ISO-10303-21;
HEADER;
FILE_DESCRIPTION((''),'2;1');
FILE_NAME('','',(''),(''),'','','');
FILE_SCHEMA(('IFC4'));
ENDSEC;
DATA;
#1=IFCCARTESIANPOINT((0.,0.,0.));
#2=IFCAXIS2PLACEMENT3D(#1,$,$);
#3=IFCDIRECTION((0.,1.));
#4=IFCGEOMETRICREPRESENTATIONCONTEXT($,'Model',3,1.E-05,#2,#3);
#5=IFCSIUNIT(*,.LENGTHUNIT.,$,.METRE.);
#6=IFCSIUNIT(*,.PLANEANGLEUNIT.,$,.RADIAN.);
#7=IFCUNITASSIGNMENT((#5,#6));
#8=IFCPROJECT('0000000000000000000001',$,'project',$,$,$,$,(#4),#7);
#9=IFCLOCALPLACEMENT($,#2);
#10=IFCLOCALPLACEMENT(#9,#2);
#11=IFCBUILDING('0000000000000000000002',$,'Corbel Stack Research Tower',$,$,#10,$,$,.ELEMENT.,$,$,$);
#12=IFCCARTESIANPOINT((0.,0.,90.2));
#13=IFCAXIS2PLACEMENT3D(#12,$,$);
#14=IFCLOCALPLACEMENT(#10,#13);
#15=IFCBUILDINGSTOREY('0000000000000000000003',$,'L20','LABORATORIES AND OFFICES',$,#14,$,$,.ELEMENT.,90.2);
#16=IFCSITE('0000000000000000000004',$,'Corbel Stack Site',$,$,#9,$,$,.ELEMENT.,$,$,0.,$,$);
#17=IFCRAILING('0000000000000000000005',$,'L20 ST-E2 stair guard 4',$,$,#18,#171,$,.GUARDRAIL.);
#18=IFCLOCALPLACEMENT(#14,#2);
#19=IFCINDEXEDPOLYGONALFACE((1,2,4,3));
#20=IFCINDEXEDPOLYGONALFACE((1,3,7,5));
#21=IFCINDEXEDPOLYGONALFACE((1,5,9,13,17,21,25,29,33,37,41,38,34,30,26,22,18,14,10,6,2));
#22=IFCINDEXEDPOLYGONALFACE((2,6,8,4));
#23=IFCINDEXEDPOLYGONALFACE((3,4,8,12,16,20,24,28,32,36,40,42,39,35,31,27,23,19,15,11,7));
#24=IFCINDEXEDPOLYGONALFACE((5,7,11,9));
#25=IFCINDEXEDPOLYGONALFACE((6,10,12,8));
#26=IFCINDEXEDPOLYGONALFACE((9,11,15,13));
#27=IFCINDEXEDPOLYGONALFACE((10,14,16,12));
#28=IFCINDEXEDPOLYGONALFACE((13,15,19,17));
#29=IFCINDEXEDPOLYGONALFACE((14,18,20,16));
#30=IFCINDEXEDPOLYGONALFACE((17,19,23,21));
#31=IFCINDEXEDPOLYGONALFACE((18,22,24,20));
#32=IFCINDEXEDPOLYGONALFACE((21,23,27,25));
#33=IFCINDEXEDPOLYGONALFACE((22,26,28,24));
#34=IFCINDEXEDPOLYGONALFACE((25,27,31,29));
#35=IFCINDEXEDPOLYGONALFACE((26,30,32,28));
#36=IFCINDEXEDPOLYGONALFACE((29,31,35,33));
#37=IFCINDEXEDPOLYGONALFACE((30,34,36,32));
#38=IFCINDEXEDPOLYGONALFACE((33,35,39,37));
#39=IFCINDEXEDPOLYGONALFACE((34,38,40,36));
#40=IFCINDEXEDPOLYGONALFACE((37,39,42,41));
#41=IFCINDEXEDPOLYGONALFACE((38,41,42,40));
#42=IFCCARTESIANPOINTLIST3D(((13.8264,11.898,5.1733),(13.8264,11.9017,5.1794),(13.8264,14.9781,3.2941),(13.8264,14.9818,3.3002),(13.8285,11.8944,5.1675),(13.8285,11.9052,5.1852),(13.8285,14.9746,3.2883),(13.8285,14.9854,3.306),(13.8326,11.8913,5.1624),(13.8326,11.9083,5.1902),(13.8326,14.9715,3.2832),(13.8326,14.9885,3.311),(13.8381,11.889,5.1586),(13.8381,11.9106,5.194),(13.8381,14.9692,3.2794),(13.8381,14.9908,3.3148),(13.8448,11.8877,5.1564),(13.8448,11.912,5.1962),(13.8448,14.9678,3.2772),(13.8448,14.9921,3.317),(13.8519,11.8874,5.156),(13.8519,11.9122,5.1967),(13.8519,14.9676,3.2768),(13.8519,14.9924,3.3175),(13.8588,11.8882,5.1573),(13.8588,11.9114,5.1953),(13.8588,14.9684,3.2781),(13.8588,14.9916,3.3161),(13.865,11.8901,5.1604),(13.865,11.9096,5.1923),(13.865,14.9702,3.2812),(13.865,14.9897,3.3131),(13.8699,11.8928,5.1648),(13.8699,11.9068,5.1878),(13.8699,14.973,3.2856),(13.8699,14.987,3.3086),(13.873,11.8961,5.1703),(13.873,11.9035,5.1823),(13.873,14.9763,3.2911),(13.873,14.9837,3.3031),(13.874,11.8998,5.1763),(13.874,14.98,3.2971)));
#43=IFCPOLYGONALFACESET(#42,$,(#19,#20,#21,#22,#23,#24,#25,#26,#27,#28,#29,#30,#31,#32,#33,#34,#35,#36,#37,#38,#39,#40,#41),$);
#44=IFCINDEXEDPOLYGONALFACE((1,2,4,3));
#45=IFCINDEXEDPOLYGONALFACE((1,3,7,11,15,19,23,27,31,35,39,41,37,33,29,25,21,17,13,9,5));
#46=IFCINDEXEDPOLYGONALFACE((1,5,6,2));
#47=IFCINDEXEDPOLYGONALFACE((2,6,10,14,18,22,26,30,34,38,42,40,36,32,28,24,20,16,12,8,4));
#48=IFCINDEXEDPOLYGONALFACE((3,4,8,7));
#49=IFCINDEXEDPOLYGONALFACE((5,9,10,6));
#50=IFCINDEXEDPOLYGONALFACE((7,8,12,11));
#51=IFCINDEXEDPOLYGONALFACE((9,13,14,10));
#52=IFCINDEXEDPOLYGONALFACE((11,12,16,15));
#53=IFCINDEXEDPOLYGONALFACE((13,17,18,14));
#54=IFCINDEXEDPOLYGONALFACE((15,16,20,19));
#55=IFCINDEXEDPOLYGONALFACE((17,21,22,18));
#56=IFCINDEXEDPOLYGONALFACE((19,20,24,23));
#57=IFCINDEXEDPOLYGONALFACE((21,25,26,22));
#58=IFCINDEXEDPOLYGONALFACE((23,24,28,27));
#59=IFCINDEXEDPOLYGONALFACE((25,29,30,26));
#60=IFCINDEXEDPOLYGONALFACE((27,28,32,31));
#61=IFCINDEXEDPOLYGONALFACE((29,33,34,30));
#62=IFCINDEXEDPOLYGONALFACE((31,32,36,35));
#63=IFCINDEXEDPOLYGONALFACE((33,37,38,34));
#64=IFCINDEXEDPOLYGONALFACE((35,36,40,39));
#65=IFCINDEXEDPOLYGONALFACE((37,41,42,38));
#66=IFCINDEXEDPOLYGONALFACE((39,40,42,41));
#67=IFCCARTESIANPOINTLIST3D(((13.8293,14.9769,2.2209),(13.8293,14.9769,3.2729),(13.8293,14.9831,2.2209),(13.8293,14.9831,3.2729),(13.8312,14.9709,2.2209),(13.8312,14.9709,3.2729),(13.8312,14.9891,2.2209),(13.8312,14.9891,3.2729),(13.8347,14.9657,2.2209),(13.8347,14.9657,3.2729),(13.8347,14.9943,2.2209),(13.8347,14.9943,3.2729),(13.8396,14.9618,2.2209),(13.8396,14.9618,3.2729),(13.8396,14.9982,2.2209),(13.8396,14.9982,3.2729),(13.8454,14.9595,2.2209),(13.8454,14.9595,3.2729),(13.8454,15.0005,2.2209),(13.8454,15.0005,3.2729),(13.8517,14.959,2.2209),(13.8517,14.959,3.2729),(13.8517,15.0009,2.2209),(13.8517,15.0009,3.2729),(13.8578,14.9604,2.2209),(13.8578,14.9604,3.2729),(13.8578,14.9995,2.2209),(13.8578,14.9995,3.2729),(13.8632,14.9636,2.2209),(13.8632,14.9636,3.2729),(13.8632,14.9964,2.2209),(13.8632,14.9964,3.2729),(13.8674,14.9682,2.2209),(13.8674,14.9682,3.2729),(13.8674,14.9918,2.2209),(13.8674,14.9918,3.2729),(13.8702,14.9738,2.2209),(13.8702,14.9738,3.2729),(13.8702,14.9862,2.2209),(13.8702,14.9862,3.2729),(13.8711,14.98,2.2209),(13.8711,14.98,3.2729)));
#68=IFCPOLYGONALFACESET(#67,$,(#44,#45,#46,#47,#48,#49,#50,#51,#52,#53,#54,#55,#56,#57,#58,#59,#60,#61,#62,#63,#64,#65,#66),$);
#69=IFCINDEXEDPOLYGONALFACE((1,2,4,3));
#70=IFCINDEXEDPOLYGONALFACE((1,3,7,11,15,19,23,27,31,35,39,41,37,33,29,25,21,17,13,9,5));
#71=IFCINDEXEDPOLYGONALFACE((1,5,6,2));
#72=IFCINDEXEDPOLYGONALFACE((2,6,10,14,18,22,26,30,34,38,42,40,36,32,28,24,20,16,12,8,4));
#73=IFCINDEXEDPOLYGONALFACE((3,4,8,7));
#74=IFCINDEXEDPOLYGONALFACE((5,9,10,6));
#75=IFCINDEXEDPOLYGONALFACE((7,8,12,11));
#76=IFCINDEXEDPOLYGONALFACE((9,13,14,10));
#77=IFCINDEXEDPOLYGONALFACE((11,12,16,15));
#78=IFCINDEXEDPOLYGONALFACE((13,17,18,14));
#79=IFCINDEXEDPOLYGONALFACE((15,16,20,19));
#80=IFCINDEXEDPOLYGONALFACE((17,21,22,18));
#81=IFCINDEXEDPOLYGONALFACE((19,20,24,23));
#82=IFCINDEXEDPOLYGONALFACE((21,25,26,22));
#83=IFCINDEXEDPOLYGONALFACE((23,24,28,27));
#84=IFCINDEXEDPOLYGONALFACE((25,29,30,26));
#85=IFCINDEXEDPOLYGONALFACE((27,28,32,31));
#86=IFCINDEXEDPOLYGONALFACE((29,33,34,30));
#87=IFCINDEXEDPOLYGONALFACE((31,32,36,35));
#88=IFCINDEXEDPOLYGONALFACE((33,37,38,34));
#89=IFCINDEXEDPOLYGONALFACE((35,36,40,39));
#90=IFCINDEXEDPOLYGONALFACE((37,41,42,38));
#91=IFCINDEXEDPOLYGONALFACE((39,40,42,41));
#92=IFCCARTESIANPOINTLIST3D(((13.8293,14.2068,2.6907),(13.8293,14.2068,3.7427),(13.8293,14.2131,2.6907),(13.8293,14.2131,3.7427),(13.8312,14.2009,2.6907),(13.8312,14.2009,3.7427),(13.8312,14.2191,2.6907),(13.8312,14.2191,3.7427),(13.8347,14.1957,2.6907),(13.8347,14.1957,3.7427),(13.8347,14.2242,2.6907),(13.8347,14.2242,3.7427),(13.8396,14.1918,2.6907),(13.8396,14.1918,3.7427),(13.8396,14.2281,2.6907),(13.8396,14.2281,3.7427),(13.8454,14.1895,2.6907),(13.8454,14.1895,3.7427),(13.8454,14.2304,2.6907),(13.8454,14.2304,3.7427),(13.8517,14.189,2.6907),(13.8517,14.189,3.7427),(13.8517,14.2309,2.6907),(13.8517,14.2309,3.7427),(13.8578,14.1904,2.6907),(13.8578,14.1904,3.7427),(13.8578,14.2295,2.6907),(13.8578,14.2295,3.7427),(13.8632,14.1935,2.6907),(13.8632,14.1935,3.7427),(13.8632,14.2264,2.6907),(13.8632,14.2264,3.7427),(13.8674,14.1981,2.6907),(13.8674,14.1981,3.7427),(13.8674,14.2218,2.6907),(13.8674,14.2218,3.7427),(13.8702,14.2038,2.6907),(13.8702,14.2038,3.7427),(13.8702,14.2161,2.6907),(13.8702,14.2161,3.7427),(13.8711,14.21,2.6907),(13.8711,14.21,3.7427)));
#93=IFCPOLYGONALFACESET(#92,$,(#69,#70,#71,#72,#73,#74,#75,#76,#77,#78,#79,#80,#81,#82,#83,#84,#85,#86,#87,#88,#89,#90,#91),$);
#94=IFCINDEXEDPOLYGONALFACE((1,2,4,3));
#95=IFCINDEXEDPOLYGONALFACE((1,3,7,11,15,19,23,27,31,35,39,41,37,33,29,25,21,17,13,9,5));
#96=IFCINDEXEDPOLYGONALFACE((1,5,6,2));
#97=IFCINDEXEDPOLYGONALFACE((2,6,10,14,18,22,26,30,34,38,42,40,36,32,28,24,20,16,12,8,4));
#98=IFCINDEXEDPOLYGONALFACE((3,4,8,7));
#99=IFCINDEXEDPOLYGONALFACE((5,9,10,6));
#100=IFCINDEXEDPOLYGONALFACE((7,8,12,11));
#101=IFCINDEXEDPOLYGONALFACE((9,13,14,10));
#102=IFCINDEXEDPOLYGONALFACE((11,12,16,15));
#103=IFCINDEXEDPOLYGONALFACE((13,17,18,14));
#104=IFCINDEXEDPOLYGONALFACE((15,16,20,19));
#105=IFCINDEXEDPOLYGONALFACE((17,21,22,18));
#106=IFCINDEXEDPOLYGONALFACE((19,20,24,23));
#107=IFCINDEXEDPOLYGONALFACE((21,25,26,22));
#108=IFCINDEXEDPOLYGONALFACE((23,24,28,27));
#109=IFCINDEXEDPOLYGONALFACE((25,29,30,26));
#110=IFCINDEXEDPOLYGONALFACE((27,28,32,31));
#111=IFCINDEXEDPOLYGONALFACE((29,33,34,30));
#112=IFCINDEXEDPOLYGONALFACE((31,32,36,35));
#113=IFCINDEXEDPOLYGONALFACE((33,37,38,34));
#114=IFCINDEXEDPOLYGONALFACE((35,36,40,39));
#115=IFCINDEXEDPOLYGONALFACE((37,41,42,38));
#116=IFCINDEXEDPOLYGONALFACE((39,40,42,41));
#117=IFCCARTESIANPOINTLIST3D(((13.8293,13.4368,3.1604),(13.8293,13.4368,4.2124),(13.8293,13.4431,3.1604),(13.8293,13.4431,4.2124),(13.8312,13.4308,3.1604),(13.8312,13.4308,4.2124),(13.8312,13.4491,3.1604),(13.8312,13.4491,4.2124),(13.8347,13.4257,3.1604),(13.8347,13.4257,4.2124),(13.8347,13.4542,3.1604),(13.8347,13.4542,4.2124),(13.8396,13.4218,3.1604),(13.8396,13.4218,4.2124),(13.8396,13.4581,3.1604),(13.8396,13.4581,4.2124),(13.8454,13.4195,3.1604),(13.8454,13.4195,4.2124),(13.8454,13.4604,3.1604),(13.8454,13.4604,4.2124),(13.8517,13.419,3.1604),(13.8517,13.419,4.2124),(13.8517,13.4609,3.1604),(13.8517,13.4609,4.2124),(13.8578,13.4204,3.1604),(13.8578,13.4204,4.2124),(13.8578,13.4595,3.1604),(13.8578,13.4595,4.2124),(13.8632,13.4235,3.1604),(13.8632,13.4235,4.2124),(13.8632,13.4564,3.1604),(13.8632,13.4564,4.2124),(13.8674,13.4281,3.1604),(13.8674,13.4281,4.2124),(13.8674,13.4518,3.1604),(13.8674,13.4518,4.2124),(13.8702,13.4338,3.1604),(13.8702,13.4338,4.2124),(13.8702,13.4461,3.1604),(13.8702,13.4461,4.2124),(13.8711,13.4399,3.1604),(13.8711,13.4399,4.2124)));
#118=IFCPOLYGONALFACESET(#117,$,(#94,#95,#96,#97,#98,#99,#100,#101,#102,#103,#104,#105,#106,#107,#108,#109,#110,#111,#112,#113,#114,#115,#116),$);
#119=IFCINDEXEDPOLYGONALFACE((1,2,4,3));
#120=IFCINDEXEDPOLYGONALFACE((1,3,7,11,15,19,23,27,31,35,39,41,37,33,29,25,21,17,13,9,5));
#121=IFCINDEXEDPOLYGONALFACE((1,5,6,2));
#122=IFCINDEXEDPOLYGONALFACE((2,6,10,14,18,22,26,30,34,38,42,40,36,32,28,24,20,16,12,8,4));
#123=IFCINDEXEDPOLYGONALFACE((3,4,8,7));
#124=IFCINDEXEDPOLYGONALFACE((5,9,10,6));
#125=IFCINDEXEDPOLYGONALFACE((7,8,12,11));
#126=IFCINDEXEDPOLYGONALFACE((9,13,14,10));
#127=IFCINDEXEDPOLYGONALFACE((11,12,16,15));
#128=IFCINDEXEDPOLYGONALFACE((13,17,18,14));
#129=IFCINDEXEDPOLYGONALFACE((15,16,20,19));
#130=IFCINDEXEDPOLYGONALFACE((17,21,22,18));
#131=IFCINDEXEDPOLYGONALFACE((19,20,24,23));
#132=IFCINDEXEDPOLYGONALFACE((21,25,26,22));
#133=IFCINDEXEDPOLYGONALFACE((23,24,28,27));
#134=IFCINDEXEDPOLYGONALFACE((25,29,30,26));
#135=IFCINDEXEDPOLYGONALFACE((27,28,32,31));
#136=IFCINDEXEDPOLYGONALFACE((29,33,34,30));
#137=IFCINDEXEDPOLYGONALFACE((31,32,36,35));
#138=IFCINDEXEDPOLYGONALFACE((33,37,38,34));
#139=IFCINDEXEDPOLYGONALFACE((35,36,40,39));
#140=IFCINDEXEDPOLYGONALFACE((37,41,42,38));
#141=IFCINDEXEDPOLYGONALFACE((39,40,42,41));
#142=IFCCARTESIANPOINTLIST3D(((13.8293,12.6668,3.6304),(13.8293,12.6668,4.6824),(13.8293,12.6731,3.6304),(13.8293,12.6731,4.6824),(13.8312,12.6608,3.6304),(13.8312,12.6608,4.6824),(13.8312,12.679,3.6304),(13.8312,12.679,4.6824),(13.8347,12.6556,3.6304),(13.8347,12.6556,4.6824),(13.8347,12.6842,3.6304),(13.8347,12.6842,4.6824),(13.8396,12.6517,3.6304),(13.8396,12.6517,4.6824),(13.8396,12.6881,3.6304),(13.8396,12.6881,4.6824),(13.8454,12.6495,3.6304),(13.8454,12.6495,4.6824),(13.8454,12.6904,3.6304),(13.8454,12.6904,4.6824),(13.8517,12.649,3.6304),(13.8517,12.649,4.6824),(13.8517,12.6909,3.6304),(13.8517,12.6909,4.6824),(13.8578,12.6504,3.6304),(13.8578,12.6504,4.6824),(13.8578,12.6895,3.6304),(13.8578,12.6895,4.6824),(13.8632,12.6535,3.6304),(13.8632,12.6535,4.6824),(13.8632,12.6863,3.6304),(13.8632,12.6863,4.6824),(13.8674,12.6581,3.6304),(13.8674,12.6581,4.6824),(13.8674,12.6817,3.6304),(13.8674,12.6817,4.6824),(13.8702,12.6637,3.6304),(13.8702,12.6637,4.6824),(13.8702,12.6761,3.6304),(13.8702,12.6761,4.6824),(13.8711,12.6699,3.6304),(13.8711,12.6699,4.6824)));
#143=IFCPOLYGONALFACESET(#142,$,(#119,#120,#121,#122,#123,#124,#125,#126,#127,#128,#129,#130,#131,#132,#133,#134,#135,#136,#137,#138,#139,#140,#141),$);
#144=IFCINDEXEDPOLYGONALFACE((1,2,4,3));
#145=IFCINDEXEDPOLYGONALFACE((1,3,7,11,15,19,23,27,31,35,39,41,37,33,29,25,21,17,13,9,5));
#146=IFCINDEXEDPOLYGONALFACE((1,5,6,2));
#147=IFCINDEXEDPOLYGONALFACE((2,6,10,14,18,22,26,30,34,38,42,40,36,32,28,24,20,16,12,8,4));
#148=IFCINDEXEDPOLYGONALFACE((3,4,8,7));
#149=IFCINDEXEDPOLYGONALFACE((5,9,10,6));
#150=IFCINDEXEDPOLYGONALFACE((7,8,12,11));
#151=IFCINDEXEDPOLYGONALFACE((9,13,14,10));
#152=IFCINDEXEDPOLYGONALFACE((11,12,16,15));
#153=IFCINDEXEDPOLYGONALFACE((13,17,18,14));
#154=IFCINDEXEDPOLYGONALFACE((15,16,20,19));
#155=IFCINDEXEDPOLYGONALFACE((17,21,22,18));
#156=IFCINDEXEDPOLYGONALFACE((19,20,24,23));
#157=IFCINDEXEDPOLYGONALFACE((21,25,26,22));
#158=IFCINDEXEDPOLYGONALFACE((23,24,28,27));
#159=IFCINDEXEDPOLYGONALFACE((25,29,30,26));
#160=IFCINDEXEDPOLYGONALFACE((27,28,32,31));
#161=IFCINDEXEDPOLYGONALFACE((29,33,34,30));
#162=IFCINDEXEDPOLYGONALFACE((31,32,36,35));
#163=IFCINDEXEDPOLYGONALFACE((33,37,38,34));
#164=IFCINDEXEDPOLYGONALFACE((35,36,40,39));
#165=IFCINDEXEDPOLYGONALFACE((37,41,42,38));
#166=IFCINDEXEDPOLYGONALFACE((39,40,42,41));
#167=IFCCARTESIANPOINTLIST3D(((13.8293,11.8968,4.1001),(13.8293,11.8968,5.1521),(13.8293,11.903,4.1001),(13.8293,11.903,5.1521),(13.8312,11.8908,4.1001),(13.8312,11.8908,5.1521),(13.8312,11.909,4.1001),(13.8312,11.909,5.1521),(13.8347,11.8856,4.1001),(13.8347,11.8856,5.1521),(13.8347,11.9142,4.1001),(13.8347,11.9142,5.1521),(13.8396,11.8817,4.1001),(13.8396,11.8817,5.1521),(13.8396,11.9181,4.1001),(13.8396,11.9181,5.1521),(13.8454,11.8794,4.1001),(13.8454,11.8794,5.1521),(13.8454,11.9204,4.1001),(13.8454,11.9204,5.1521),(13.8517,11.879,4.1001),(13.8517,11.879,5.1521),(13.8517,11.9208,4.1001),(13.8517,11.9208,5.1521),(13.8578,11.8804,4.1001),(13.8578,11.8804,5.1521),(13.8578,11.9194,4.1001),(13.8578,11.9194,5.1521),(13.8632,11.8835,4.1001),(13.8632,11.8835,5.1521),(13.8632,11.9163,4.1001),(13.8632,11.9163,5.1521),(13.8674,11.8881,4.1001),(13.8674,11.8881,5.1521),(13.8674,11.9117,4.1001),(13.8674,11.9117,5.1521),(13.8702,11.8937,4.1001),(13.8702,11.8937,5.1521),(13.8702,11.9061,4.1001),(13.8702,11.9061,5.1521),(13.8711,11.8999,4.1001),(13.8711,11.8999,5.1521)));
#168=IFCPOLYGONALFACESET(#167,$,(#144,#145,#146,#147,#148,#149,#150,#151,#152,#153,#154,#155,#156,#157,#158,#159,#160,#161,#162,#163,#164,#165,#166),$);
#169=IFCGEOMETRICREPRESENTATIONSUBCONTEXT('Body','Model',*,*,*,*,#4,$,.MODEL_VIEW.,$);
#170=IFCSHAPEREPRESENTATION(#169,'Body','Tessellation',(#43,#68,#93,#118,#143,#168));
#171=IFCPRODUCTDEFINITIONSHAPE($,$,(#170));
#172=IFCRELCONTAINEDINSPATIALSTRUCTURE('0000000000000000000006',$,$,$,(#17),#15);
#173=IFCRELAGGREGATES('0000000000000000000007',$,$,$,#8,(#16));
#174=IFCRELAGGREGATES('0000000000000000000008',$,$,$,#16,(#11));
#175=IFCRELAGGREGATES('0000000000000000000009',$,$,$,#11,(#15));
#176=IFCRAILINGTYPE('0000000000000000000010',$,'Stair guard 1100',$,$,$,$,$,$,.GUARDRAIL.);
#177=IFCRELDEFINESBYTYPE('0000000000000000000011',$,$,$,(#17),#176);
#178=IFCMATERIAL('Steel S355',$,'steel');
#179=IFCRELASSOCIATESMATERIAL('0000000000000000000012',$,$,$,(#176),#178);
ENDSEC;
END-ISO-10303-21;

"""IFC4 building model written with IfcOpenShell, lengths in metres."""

from ifc_helpers import new_model, si_unit, direction, frame, origin, origin_2d, place, context, subcontext, project, spatial, circle, extrude, material, type_object, element, save


model = new_model("IFC4")

# Units and contexts
model_context = context("Model", 3, precision=1e-05, world=origin(), true_north=direction((0.0, 1.0)))
body_context = subcontext(model_context, "Body", "Model", "MODEL_VIEW")
ifc_project = project(units=[si_unit("LENGTHUNIT", "METRE"), si_unit("PLANEANGLEUNIT", "RADIAN")], contexts=[model_context])

# Site, building, storey
site_placement = place(None, origin())
site = spatial("IfcSite", under=ifc_project, at=site_placement, Name="Corbel Stack Site", CompositionType="ELEMENT", RefElevation=0.0)
building_placement = place(site_placement, origin())
building = spatial("IfcBuilding", under=site, at=building_placement, Name="Corbel Stack Research Tower", CompositionType="ELEMENT")
storey_placement = place(building_placement, frame((0.0, 0.0, 90.2)))
storey = spatial("IfcBuildingStorey", under=building, at=storey_placement, Name="L20", Description="LABORATORIES AND OFFICES", CompositionType="ELEMENT", Elevation=90.2)

# Railing
ifc_material_1 = material(Name="Steel S355", Category="steel")
railing_type_1 = type_object("IfcRailingType", Name="Stair guard 1100", PredefinedType="GUARDRAIL", material=ifc_material_1)
railing_1_placement = place(storey_placement, frame((13.8501, 14.98, 2.2209)))
element("IfcRailing", 1, at=railing_1_placement, inside=storey, type_object=railing_type_1, Name="L20 ST-E2 stair guard 4", PredefinedType="GUARDRAIL", context=body_context, shape_type="SweptSolid", body=[
    extrude(circle(Radius=0.0239, at=origin_2d()), frame((0.0, 0.0, 1.0762), z_axis=(0.0, -0.853666, 0.52082), x_axis=(1.0, 0.0, 0.0)), (0.0, 0.0, 1.0), 3.6082),
    extrude(circle(Radius=0.021, at=origin_2d()), origin(), (0.0, 0.0, 1.0), 1.052),
    extrude(circle(Radius=0.021, at=origin_2d()), frame((0.0, -0.77, 0.4697)), (0.0, 0.0, 1.0), 1.052),
    extrude(circle(Radius=0.021, at=origin_2d()), frame((0.0, -1.54, 0.9395)), (0.0, 0.0, 1.0), 1.052),
    extrude(circle(Radius=0.021, at=origin_2d()), frame((0.0, -2.3101, 1.4094)), (0.0, 0.0, 1.0), 1.052),
    extrude(circle(Radius=0.021, at=origin_2d()), frame((0.0, -3.0801, 1.8792)), (0.0, 0.0, 1.0), 1.052),
])

save(model, "model.ifc")
